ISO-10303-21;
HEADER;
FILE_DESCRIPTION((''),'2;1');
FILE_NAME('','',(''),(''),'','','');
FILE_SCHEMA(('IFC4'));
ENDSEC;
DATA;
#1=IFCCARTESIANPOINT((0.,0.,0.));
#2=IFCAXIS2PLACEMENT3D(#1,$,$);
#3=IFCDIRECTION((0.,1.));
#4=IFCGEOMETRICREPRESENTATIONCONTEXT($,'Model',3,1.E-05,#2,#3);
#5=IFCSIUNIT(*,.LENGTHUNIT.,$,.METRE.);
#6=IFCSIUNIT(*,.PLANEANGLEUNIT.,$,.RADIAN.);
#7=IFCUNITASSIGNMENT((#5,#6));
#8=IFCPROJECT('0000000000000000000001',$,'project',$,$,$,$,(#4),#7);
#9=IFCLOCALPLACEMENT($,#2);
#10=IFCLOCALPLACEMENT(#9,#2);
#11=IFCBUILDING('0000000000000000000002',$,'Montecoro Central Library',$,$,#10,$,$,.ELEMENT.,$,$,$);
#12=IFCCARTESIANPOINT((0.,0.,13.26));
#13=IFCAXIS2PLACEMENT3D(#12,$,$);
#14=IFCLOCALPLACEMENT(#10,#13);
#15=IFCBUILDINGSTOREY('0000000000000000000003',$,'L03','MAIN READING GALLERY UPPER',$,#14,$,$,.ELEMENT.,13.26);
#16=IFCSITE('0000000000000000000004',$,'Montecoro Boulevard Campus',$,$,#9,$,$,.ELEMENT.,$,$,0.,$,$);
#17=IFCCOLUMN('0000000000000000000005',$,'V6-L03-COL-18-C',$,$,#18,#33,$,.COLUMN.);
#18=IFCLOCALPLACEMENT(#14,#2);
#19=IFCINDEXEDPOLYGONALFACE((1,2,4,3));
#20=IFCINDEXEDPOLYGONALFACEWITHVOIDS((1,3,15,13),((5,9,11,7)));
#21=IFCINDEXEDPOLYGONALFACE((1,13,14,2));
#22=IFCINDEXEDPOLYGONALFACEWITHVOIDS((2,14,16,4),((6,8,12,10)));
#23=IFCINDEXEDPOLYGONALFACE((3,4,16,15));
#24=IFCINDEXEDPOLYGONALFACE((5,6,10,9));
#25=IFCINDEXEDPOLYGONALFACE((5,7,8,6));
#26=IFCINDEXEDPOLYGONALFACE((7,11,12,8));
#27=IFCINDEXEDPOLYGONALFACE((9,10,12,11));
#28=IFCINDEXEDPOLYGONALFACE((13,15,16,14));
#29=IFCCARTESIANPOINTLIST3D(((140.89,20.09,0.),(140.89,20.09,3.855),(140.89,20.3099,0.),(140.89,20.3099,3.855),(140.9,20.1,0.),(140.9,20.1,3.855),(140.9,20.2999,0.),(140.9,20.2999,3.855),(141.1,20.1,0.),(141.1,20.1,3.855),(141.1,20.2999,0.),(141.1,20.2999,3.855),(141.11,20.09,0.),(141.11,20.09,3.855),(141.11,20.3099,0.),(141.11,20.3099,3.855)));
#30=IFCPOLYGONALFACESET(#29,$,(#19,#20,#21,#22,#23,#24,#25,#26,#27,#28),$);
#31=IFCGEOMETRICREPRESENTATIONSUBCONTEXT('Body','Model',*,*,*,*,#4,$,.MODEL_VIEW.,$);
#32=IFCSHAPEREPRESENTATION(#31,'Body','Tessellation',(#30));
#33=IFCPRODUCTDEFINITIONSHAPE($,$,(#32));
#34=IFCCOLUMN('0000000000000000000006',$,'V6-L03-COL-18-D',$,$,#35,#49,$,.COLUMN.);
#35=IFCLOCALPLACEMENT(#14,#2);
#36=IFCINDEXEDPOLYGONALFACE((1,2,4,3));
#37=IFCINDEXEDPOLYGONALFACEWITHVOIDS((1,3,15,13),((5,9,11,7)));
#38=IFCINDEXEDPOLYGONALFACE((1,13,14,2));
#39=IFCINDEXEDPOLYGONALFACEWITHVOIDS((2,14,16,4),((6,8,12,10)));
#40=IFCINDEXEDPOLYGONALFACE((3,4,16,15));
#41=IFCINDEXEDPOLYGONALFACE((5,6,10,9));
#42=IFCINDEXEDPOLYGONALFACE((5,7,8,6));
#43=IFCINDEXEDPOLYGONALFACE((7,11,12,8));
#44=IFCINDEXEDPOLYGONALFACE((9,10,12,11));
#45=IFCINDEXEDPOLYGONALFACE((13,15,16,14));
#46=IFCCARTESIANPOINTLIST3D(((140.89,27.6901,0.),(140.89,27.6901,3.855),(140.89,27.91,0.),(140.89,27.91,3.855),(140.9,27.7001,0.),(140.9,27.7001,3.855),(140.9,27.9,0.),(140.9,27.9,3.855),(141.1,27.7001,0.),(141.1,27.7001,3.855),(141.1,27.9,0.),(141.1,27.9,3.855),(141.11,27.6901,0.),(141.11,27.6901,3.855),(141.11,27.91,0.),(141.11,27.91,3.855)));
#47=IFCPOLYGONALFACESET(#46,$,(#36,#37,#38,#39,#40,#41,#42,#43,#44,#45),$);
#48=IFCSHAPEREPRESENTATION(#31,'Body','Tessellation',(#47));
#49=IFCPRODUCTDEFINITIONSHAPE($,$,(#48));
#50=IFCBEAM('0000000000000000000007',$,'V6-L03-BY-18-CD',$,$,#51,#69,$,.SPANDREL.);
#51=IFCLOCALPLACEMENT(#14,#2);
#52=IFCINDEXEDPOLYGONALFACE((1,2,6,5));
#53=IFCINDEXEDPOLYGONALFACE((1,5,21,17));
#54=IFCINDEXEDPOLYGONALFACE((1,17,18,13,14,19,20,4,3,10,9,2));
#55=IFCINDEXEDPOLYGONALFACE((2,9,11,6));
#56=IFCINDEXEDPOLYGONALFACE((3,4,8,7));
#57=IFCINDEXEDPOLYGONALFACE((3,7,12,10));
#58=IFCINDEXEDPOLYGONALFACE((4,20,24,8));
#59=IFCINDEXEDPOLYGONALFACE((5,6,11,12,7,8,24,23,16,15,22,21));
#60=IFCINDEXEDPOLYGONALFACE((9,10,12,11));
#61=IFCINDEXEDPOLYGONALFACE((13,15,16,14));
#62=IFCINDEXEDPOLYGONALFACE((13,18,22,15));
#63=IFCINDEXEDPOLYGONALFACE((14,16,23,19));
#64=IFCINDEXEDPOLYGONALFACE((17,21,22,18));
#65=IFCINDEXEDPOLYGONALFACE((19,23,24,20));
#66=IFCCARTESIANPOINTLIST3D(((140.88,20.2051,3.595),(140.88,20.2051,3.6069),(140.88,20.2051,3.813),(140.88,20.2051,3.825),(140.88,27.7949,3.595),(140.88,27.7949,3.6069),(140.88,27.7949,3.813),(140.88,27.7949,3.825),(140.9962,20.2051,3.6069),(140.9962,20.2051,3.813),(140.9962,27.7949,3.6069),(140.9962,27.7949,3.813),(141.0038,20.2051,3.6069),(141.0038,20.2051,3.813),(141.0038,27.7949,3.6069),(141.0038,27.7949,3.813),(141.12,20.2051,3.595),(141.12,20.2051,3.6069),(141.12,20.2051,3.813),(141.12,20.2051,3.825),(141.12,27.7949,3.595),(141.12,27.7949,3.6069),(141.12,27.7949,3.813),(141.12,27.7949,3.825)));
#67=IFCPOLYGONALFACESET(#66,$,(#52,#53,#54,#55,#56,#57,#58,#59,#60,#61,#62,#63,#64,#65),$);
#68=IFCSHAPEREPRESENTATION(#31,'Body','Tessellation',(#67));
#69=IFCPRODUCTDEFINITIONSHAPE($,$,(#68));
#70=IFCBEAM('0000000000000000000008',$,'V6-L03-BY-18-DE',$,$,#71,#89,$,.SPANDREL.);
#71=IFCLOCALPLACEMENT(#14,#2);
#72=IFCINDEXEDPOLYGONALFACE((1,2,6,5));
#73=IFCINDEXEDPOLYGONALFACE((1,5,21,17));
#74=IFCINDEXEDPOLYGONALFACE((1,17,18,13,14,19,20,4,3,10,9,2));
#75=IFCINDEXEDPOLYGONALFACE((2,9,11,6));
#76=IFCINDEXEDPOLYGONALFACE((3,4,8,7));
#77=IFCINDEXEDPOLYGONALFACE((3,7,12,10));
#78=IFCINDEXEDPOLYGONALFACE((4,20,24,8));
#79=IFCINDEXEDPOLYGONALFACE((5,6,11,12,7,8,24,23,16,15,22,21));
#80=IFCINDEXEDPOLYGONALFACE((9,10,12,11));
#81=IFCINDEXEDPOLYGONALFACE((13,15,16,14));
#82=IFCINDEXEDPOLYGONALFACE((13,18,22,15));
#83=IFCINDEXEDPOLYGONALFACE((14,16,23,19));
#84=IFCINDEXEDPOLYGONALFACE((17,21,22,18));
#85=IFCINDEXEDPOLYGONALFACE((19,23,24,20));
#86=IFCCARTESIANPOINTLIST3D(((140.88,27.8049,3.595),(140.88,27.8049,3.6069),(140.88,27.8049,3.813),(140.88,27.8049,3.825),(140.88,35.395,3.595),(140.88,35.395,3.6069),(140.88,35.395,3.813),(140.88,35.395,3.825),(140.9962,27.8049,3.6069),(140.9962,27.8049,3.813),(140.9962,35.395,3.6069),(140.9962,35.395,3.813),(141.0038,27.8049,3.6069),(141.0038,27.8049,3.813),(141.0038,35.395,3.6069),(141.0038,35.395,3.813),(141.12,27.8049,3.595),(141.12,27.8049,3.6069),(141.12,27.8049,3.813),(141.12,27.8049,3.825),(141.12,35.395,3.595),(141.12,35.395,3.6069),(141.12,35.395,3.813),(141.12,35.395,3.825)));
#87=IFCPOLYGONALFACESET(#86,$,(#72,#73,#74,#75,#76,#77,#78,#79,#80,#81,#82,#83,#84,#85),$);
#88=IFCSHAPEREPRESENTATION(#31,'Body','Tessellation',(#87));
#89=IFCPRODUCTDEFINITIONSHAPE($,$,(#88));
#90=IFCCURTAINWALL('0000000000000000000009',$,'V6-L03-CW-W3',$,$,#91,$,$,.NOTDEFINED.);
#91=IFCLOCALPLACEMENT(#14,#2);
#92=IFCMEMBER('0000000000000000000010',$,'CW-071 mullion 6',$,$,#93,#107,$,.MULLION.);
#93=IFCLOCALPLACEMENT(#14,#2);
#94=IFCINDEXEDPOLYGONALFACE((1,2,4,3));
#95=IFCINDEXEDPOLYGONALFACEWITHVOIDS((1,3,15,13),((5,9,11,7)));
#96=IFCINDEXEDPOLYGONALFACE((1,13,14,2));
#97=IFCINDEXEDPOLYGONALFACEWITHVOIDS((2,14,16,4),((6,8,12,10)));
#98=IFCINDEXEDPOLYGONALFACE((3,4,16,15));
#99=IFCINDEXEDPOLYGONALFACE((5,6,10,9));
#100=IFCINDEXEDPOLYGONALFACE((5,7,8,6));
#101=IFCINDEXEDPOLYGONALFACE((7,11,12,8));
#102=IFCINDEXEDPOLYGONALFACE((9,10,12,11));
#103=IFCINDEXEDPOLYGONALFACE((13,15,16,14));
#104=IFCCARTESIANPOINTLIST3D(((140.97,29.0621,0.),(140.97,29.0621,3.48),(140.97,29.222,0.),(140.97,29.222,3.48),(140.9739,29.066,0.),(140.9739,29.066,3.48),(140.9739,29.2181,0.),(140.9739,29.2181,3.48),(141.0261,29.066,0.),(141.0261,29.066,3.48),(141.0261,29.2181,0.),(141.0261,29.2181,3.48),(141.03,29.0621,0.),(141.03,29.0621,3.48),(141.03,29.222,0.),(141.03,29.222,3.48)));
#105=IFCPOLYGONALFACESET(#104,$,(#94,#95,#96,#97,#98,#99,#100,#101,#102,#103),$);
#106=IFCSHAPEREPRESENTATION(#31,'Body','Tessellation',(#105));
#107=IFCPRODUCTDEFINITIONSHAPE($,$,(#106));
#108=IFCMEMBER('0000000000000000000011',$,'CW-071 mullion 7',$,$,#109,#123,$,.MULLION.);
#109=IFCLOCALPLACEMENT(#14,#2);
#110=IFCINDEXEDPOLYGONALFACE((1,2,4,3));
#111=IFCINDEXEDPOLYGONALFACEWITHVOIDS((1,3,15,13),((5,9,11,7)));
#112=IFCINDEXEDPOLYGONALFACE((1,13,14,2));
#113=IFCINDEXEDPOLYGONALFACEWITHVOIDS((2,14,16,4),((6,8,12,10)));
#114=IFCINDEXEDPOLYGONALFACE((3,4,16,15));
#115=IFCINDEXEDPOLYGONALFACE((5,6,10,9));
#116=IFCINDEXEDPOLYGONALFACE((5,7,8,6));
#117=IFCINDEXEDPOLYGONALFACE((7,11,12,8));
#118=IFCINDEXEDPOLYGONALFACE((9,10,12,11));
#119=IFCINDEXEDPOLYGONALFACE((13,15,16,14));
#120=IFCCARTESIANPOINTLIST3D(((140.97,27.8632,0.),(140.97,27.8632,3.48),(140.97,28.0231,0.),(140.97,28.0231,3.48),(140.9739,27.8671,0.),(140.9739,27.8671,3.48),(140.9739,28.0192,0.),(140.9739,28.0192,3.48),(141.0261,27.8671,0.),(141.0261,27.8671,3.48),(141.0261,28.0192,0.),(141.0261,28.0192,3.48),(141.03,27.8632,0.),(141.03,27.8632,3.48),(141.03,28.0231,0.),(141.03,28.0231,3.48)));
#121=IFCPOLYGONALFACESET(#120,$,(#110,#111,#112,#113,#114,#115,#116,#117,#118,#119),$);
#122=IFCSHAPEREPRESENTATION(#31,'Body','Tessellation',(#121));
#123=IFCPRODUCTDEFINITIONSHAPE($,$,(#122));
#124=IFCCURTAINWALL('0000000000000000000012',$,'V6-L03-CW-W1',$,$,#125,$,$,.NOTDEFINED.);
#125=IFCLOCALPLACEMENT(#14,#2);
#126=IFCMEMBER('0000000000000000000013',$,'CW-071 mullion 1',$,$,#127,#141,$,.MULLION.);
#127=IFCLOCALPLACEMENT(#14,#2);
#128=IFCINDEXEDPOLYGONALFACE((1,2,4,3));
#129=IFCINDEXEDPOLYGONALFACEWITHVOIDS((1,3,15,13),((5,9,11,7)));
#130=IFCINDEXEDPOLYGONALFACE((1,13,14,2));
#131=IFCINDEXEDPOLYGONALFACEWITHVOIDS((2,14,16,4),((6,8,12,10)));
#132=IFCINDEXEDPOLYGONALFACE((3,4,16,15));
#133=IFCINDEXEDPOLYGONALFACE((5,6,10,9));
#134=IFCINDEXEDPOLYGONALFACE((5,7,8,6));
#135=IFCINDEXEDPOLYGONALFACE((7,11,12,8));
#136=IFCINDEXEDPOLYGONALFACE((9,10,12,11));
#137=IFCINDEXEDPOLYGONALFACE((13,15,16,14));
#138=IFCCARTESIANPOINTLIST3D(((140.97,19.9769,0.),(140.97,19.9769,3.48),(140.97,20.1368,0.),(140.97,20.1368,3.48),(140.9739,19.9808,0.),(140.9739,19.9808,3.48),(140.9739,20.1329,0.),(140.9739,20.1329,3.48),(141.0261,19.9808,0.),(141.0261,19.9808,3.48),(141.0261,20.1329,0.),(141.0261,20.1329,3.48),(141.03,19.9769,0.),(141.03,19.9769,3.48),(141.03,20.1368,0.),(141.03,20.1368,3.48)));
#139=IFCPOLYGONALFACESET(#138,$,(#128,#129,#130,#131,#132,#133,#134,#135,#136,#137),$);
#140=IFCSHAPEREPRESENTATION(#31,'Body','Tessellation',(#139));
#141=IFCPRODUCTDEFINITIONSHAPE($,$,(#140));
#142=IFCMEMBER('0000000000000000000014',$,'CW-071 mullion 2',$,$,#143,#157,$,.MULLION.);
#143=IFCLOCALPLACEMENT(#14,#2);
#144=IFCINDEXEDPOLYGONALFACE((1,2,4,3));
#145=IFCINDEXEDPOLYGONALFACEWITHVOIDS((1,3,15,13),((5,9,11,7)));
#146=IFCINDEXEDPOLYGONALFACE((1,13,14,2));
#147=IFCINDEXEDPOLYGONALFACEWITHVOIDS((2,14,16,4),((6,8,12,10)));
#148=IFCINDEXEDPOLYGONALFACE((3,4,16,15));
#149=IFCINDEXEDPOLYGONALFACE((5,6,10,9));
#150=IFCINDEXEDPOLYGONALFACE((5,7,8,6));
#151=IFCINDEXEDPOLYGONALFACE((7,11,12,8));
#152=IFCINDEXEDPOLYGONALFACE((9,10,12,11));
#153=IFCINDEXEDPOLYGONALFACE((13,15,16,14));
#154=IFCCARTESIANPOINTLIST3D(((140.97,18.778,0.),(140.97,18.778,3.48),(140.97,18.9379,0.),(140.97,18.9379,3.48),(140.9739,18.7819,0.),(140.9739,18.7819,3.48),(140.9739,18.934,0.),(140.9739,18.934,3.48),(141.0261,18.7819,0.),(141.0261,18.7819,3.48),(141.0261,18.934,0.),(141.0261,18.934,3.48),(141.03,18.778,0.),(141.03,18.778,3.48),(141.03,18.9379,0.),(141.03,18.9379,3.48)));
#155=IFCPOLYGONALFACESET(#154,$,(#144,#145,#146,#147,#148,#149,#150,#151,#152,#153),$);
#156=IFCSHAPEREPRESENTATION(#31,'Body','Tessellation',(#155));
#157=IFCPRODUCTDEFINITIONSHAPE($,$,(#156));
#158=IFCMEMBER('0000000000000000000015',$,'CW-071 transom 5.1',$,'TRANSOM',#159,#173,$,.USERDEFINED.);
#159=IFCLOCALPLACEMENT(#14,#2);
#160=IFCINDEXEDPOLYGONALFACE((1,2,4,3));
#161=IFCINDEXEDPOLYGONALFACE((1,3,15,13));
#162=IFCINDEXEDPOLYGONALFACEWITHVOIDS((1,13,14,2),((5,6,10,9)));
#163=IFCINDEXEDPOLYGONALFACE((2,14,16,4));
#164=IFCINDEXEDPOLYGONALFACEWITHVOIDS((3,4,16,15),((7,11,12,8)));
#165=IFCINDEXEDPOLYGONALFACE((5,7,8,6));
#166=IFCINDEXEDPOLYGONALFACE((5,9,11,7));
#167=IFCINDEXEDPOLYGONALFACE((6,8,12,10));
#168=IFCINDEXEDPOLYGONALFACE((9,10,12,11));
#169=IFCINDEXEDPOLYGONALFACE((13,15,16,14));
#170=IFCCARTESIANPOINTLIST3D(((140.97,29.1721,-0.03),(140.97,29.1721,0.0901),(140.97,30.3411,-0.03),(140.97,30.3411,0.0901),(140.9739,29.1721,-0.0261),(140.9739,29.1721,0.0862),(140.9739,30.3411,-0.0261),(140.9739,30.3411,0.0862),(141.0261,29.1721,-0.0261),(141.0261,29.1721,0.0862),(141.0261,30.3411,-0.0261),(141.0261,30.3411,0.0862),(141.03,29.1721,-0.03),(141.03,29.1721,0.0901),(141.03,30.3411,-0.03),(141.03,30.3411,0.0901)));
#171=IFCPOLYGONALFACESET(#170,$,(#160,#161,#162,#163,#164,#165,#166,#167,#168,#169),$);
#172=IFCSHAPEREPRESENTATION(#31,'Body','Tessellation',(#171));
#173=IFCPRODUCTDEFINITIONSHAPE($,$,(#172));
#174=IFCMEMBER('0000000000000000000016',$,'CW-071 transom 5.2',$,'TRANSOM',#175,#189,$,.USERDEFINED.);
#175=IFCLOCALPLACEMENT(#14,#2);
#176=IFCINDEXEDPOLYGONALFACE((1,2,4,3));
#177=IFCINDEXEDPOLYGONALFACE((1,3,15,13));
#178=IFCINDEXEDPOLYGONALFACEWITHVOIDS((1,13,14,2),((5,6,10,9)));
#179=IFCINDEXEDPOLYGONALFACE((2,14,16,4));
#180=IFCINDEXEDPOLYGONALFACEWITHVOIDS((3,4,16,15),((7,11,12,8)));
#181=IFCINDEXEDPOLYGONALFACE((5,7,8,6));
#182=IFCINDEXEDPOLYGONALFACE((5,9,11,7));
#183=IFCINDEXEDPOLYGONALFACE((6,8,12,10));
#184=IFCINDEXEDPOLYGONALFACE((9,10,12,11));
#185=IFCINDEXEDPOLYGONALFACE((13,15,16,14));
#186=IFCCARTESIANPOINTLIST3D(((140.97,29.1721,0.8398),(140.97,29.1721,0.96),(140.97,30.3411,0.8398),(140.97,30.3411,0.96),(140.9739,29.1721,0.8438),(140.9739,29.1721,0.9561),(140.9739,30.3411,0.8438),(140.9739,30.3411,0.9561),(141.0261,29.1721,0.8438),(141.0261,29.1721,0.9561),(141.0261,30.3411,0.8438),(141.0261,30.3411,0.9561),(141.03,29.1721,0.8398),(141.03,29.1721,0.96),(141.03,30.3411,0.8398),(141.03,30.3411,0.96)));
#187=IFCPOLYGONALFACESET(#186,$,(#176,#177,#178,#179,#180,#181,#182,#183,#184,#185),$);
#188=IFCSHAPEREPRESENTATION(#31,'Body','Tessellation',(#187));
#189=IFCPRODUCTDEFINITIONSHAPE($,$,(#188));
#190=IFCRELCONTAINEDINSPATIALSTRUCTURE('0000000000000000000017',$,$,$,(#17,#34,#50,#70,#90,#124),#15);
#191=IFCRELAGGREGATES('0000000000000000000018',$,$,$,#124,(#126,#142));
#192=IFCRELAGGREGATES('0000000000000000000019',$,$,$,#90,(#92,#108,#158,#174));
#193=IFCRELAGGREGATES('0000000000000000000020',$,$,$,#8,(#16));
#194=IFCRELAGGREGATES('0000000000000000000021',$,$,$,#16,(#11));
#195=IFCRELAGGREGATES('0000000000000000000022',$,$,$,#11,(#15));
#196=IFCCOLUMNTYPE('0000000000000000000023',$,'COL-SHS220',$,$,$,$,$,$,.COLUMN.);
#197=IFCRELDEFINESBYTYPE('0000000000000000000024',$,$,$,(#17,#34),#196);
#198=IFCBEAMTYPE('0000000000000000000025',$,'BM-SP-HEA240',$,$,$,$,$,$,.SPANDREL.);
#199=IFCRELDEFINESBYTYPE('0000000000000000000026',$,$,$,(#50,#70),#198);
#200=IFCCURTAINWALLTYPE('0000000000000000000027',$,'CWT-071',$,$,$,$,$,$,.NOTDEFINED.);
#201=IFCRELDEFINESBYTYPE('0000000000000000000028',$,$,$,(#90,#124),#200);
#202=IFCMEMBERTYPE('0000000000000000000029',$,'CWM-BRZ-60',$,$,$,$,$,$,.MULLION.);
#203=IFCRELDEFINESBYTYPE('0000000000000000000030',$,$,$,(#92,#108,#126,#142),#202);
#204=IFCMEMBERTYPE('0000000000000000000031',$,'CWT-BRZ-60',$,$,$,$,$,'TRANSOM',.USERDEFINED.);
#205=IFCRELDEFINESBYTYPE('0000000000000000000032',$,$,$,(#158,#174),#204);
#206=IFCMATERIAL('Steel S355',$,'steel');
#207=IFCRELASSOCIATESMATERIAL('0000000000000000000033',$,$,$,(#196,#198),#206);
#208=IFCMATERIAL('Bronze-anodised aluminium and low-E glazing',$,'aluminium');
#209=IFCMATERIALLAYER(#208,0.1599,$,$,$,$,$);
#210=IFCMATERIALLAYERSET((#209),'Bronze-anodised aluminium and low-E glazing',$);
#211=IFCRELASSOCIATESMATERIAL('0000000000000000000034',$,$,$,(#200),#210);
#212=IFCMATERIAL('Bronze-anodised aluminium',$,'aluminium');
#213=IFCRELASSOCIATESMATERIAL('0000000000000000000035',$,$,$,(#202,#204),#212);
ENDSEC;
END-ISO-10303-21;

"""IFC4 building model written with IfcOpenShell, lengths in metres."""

from ifc_helpers import new_model, si_unit, direction, frame, origin, origin_2d, place, context, subcontext, project, spatial, hollow_rectangle, i_section, extrude, material, layer, layer_set, material_profile, profile_set, type_object, element, aggregate, save


model = new_model("IFC4")

# Units and contexts
model_context = context("Model", 3, precision=1e-05, world=origin(), true_north=direction((0.0, 1.0)))
body_context = subcontext(model_context, "Body", "Model", "MODEL_VIEW")
ifc_project = project(units=[si_unit("LENGTHUNIT", "METRE"), si_unit("PLANEANGLEUNIT", "RADIAN")], contexts=[model_context])

# Site, building, storey
site_placement = place(None, origin())
site = spatial("IfcSite", under=ifc_project, at=site_placement, Name="Montecoro Boulevard Campus", CompositionType="ELEMENT", RefElevation=0.0)
building_placement = place(site_placement, origin())
building = spatial("IfcBuilding", under=site, at=building_placement, Name="Montecoro Central Library", CompositionType="ELEMENT")
storey_placement = place(building_placement, frame((0.0, 0.0, 13.26)))
storey = spatial("IfcBuildingStorey", under=building, at=storey_placement, Name="L03", Description="MAIN READING GALLERY UPPER", CompositionType="ELEMENT", Elevation=13.26)

# Columns
ifc_material_1 = material(Name="Steel S355", Category="steel")
ifc_material_profile_1 = material_profile(ifc_material_1, hollow_rectangle(XDim=0.22, YDim=0.22, WallThickness=0.01, at=origin_2d()), Name="SHS 220x220x10.0")
ifc_profile_set_1 = profile_set([ifc_material_profile_1], Name="Steel S355")
column_type = type_object("IfcColumnType", Name="COL-SHS220", PredefinedType="COLUMN", material=ifc_profile_set_1)
for number, where, z_axis, x_axis, name in (
    (1, (141.0, 20.2, 0.0), (0.0, 0.0, 1.0), (1.0, 0.0, 0.0), "V6-L03-COL-18-C"),
    (2, (141.0, 27.8, 0.0), (0.0, 0.0, 1.0), (1.0, 0.0, 0.0), "V6-L03-COL-18-D"),
):
    element("IfcColumn", number, at=place(storey_placement, frame(where, z_axis=z_axis, x_axis=x_axis)), inside=storey, type_object=column_type, Name=name, PredefinedType="COLUMN", context=body_context, shape_type="SweptSolid", body=[
        extrude(hollow_rectangle(XDim=0.22, YDim=0.22, WallThickness=0.01, at=origin_2d()), origin(), (0.0, 0.0, 1.0), 3.855),
    ])

# Beams
ifc_material_profile_2 = material_profile(ifc_material_1, i_section(OverallWidth=0.24, OverallDepth=0.23, WebThickness=0.0076, FlangeThickness=0.012, at=origin_2d()), Name="HEA 240")
ifc_profile_set_2 = profile_set([ifc_material_profile_2], Name="Steel S355")
beam_type = type_object("IfcBeamType", Name="BM-SP-HEA240", PredefinedType="SPANDREL", material=ifc_profile_set_2)
beam_1_placement = place(storey_placement, frame((141.0, 20.2051, 3.71), z_axis=(0.0, 1.0, 0.0), x_axis=(-1.0, 0.0, 0.0)))
element("IfcBeam", 3, at=beam_1_placement, inside=storey, type_object=beam_type, Name="V6-L03-BY-18-CD", PredefinedType="SPANDREL", context=body_context, shape_type="SweptSolid", body=[
    extrude(i_section(OverallWidth=0.24, OverallDepth=0.23, WebThickness=0.0076, FlangeThickness=0.012, at=origin_2d()), origin(), (0.0, 0.0, 1.0), 7.5898),
])
beam_2_placement = place(storey_placement, frame((141.0, 27.8049, 3.71), z_axis=(0.0, 1.0, 0.0), x_axis=(-1.0, 0.0, 0.0)))
element("IfcBeam", 4, at=beam_2_placement, inside=storey, type_object=beam_type, Name="V6-L03-BY-18-DE", PredefinedType="SPANDREL", context=body_context, shape_type="SweptSolid", body=[
    extrude(i_section(OverallWidth=0.24, OverallDepth=0.23, WebThickness=0.0076, FlangeThickness=0.012, at=origin_2d()), origin(), (0.0, 0.0, 1.0), 7.5901),
])

# Curtain walls, members
ifc_material_2 = material(Name="Bronze-anodised aluminium and low-E glazing", Category="aluminium")
ifc_layer_1 = layer(ifc_material_2, 0.1599)
ifc_layer_set_1 = layer_set([ifc_layer_1], Name="Bronze-anodised aluminium and low-E glazing")
curtain_wall_type = type_object("IfcCurtainWallType", Name="CWT-071", PredefinedType="NOTDEFINED", material=ifc_layer_set_1)
curtain_wall_1_placement = place(storey_placement, origin())
curtain_wall_1 = element("IfcCurtainWall", 5, at=curtain_wall_1_placement, inside=storey, type_object=curtain_wall_type, Name="V6-L03-CW-W3", PredefinedType="NOTDEFINED")
ifc_material_3 = material(Name="Bronze-anodised aluminium", Category="aluminium")
ifc_material_profile_3 = material_profile(ifc_material_3, hollow_rectangle(XDim=0.0601, YDim=0.1599, WallThickness=0.0039, at=origin_2d()), Name="CWM 160x60x4.0")
ifc_profile_set_3 = profile_set([ifc_material_profile_3], Name="Bronze-anodised aluminium")
member_type_1 = type_object("IfcMemberType", Name="CWM-BRZ-60", PredefinedType="MULLION", material=ifc_profile_set_3)
member_1_placement = place(storey_placement, frame((141.0, 29.1421, 0.0), z_axis=(0.0, 0.0, 1.0), x_axis=(1.0, 0.0, 0.0)))
member_1 = element("IfcMember", 6, at=member_1_placement, type_object=member_type_1, Name="CW-071 mullion 6", PredefinedType="MULLION", context=body_context, shape_type="SweptSolid", body=[
    extrude(hollow_rectangle(XDim=0.0601, YDim=0.1599, WallThickness=0.0039, at=origin_2d()), origin(), (0.0, 0.0, 1.0), 3.48),
])
member_2_placement = place(storey_placement, frame((141.0, 27.9431, 0.0), z_axis=(0.0, 0.0, 1.0), x_axis=(1.0, 0.0, 0.0)))
member_2 = element("IfcMember", 7, at=member_2_placement, type_object=member_type_1, Name="CW-071 mullion 7", PredefinedType="MULLION", context=body_context, shape_type="SweptSolid", body=[
    extrude(hollow_rectangle(XDim=0.0601, YDim=0.1599, WallThickness=0.0039, at=origin_2d()), origin(), (0.0, 0.0, 1.0), 3.48),
])
curtain_wall_2_placement = place(storey_placement, origin())
curtain_wall_2 = element("IfcCurtainWall", 8, at=curtain_wall_2_placement, inside=storey, type_object=curtain_wall_type, Name="V6-L03-CW-W1", PredefinedType="NOTDEFINED")
member_3_placement = place(storey_placement, frame((141.0, 20.0569, 0.0), z_axis=(0.0, 0.0, 1.0), x_axis=(1.0, 0.0, 0.0)))
member_3 = element("IfcMember", 9, at=member_3_placement, type_object=member_type_1, Name="CW-071 mullion 1", PredefinedType="MULLION", context=body_context, shape_type="SweptSolid", body=[
    extrude(hollow_rectangle(XDim=0.0601, YDim=0.1599, WallThickness=0.0039, at=origin_2d()), origin(), (0.0, 0.0, 1.0), 3.48),
])
member_4_placement = place(storey_placement, frame((141.0, 18.8579, 0.0), z_axis=(0.0, 0.0, 1.0), x_axis=(1.0, 0.0, 0.0)))
member_4 = element("IfcMember", 10, at=member_4_placement, type_object=member_type_1, Name="CW-071 mullion 2", PredefinedType="MULLION", context=body_context, shape_type="SweptSolid", body=[
    extrude(hollow_rectangle(XDim=0.0601, YDim=0.1599, WallThickness=0.0039, at=origin_2d()), origin(), (0.0, 0.0, 1.0), 3.48),
])

# Members
ifc_material_profile_4 = material_profile(ifc_material_3, hollow_rectangle(XDim=0.0601, YDim=0.1201, WallThickness=0.0039, at=origin_2d()), Name="CWT 120x60x4.0")
ifc_profile_set_4 = profile_set([ifc_material_profile_4], Name="Bronze-anodised aluminium")
member_type_2 = type_object("IfcMemberType", Name="CWT-BRZ-60", ElementType="TRANSOM", PredefinedType="USERDEFINED", material=ifc_profile_set_4)
member_5_placement = place(storey_placement, frame((141.0, 30.3411, 0.03), z_axis=(0.0, -1.0, 0.0), x_axis=(1.0, 0.0, 0.0)))
member_5 = element("IfcMember", 11, at=member_5_placement, type_object=member_type_2, Name="CW-071 transom 5.1", ObjectType="TRANSOM", PredefinedType="USERDEFINED", context=body_context, shape_type="SweptSolid", body=[
    extrude(hollow_rectangle(XDim=0.0601, YDim=0.1201, WallThickness=0.0039, at=origin_2d()), origin(), (0.0, 0.0, 1.0), 1.1689),
])
member_6_placement = place(storey_placement, frame((141.0, 30.3411, 0.8999), z_axis=(0.0, -1.0, 0.0), x_axis=(1.0, 0.0, 0.0)))
member_6 = element("IfcMember", 12, at=member_6_placement, type_object=member_type_2, Name="CW-071 transom 5.2", ObjectType="TRANSOM", PredefinedType="USERDEFINED", context=body_context, shape_type="SweptSolid", body=[
    extrude(hollow_rectangle(XDim=0.0601, YDim=0.1201, WallThickness=0.0039, at=origin_2d()), origin(), (0.0, 0.0, 1.0), 1.1689),
])

aggregate(curtain_wall_2, [member_3, member_4])
aggregate(curtain_wall_1, [member_1, member_2, member_5, member_6])

save(model, "model.ifc")
